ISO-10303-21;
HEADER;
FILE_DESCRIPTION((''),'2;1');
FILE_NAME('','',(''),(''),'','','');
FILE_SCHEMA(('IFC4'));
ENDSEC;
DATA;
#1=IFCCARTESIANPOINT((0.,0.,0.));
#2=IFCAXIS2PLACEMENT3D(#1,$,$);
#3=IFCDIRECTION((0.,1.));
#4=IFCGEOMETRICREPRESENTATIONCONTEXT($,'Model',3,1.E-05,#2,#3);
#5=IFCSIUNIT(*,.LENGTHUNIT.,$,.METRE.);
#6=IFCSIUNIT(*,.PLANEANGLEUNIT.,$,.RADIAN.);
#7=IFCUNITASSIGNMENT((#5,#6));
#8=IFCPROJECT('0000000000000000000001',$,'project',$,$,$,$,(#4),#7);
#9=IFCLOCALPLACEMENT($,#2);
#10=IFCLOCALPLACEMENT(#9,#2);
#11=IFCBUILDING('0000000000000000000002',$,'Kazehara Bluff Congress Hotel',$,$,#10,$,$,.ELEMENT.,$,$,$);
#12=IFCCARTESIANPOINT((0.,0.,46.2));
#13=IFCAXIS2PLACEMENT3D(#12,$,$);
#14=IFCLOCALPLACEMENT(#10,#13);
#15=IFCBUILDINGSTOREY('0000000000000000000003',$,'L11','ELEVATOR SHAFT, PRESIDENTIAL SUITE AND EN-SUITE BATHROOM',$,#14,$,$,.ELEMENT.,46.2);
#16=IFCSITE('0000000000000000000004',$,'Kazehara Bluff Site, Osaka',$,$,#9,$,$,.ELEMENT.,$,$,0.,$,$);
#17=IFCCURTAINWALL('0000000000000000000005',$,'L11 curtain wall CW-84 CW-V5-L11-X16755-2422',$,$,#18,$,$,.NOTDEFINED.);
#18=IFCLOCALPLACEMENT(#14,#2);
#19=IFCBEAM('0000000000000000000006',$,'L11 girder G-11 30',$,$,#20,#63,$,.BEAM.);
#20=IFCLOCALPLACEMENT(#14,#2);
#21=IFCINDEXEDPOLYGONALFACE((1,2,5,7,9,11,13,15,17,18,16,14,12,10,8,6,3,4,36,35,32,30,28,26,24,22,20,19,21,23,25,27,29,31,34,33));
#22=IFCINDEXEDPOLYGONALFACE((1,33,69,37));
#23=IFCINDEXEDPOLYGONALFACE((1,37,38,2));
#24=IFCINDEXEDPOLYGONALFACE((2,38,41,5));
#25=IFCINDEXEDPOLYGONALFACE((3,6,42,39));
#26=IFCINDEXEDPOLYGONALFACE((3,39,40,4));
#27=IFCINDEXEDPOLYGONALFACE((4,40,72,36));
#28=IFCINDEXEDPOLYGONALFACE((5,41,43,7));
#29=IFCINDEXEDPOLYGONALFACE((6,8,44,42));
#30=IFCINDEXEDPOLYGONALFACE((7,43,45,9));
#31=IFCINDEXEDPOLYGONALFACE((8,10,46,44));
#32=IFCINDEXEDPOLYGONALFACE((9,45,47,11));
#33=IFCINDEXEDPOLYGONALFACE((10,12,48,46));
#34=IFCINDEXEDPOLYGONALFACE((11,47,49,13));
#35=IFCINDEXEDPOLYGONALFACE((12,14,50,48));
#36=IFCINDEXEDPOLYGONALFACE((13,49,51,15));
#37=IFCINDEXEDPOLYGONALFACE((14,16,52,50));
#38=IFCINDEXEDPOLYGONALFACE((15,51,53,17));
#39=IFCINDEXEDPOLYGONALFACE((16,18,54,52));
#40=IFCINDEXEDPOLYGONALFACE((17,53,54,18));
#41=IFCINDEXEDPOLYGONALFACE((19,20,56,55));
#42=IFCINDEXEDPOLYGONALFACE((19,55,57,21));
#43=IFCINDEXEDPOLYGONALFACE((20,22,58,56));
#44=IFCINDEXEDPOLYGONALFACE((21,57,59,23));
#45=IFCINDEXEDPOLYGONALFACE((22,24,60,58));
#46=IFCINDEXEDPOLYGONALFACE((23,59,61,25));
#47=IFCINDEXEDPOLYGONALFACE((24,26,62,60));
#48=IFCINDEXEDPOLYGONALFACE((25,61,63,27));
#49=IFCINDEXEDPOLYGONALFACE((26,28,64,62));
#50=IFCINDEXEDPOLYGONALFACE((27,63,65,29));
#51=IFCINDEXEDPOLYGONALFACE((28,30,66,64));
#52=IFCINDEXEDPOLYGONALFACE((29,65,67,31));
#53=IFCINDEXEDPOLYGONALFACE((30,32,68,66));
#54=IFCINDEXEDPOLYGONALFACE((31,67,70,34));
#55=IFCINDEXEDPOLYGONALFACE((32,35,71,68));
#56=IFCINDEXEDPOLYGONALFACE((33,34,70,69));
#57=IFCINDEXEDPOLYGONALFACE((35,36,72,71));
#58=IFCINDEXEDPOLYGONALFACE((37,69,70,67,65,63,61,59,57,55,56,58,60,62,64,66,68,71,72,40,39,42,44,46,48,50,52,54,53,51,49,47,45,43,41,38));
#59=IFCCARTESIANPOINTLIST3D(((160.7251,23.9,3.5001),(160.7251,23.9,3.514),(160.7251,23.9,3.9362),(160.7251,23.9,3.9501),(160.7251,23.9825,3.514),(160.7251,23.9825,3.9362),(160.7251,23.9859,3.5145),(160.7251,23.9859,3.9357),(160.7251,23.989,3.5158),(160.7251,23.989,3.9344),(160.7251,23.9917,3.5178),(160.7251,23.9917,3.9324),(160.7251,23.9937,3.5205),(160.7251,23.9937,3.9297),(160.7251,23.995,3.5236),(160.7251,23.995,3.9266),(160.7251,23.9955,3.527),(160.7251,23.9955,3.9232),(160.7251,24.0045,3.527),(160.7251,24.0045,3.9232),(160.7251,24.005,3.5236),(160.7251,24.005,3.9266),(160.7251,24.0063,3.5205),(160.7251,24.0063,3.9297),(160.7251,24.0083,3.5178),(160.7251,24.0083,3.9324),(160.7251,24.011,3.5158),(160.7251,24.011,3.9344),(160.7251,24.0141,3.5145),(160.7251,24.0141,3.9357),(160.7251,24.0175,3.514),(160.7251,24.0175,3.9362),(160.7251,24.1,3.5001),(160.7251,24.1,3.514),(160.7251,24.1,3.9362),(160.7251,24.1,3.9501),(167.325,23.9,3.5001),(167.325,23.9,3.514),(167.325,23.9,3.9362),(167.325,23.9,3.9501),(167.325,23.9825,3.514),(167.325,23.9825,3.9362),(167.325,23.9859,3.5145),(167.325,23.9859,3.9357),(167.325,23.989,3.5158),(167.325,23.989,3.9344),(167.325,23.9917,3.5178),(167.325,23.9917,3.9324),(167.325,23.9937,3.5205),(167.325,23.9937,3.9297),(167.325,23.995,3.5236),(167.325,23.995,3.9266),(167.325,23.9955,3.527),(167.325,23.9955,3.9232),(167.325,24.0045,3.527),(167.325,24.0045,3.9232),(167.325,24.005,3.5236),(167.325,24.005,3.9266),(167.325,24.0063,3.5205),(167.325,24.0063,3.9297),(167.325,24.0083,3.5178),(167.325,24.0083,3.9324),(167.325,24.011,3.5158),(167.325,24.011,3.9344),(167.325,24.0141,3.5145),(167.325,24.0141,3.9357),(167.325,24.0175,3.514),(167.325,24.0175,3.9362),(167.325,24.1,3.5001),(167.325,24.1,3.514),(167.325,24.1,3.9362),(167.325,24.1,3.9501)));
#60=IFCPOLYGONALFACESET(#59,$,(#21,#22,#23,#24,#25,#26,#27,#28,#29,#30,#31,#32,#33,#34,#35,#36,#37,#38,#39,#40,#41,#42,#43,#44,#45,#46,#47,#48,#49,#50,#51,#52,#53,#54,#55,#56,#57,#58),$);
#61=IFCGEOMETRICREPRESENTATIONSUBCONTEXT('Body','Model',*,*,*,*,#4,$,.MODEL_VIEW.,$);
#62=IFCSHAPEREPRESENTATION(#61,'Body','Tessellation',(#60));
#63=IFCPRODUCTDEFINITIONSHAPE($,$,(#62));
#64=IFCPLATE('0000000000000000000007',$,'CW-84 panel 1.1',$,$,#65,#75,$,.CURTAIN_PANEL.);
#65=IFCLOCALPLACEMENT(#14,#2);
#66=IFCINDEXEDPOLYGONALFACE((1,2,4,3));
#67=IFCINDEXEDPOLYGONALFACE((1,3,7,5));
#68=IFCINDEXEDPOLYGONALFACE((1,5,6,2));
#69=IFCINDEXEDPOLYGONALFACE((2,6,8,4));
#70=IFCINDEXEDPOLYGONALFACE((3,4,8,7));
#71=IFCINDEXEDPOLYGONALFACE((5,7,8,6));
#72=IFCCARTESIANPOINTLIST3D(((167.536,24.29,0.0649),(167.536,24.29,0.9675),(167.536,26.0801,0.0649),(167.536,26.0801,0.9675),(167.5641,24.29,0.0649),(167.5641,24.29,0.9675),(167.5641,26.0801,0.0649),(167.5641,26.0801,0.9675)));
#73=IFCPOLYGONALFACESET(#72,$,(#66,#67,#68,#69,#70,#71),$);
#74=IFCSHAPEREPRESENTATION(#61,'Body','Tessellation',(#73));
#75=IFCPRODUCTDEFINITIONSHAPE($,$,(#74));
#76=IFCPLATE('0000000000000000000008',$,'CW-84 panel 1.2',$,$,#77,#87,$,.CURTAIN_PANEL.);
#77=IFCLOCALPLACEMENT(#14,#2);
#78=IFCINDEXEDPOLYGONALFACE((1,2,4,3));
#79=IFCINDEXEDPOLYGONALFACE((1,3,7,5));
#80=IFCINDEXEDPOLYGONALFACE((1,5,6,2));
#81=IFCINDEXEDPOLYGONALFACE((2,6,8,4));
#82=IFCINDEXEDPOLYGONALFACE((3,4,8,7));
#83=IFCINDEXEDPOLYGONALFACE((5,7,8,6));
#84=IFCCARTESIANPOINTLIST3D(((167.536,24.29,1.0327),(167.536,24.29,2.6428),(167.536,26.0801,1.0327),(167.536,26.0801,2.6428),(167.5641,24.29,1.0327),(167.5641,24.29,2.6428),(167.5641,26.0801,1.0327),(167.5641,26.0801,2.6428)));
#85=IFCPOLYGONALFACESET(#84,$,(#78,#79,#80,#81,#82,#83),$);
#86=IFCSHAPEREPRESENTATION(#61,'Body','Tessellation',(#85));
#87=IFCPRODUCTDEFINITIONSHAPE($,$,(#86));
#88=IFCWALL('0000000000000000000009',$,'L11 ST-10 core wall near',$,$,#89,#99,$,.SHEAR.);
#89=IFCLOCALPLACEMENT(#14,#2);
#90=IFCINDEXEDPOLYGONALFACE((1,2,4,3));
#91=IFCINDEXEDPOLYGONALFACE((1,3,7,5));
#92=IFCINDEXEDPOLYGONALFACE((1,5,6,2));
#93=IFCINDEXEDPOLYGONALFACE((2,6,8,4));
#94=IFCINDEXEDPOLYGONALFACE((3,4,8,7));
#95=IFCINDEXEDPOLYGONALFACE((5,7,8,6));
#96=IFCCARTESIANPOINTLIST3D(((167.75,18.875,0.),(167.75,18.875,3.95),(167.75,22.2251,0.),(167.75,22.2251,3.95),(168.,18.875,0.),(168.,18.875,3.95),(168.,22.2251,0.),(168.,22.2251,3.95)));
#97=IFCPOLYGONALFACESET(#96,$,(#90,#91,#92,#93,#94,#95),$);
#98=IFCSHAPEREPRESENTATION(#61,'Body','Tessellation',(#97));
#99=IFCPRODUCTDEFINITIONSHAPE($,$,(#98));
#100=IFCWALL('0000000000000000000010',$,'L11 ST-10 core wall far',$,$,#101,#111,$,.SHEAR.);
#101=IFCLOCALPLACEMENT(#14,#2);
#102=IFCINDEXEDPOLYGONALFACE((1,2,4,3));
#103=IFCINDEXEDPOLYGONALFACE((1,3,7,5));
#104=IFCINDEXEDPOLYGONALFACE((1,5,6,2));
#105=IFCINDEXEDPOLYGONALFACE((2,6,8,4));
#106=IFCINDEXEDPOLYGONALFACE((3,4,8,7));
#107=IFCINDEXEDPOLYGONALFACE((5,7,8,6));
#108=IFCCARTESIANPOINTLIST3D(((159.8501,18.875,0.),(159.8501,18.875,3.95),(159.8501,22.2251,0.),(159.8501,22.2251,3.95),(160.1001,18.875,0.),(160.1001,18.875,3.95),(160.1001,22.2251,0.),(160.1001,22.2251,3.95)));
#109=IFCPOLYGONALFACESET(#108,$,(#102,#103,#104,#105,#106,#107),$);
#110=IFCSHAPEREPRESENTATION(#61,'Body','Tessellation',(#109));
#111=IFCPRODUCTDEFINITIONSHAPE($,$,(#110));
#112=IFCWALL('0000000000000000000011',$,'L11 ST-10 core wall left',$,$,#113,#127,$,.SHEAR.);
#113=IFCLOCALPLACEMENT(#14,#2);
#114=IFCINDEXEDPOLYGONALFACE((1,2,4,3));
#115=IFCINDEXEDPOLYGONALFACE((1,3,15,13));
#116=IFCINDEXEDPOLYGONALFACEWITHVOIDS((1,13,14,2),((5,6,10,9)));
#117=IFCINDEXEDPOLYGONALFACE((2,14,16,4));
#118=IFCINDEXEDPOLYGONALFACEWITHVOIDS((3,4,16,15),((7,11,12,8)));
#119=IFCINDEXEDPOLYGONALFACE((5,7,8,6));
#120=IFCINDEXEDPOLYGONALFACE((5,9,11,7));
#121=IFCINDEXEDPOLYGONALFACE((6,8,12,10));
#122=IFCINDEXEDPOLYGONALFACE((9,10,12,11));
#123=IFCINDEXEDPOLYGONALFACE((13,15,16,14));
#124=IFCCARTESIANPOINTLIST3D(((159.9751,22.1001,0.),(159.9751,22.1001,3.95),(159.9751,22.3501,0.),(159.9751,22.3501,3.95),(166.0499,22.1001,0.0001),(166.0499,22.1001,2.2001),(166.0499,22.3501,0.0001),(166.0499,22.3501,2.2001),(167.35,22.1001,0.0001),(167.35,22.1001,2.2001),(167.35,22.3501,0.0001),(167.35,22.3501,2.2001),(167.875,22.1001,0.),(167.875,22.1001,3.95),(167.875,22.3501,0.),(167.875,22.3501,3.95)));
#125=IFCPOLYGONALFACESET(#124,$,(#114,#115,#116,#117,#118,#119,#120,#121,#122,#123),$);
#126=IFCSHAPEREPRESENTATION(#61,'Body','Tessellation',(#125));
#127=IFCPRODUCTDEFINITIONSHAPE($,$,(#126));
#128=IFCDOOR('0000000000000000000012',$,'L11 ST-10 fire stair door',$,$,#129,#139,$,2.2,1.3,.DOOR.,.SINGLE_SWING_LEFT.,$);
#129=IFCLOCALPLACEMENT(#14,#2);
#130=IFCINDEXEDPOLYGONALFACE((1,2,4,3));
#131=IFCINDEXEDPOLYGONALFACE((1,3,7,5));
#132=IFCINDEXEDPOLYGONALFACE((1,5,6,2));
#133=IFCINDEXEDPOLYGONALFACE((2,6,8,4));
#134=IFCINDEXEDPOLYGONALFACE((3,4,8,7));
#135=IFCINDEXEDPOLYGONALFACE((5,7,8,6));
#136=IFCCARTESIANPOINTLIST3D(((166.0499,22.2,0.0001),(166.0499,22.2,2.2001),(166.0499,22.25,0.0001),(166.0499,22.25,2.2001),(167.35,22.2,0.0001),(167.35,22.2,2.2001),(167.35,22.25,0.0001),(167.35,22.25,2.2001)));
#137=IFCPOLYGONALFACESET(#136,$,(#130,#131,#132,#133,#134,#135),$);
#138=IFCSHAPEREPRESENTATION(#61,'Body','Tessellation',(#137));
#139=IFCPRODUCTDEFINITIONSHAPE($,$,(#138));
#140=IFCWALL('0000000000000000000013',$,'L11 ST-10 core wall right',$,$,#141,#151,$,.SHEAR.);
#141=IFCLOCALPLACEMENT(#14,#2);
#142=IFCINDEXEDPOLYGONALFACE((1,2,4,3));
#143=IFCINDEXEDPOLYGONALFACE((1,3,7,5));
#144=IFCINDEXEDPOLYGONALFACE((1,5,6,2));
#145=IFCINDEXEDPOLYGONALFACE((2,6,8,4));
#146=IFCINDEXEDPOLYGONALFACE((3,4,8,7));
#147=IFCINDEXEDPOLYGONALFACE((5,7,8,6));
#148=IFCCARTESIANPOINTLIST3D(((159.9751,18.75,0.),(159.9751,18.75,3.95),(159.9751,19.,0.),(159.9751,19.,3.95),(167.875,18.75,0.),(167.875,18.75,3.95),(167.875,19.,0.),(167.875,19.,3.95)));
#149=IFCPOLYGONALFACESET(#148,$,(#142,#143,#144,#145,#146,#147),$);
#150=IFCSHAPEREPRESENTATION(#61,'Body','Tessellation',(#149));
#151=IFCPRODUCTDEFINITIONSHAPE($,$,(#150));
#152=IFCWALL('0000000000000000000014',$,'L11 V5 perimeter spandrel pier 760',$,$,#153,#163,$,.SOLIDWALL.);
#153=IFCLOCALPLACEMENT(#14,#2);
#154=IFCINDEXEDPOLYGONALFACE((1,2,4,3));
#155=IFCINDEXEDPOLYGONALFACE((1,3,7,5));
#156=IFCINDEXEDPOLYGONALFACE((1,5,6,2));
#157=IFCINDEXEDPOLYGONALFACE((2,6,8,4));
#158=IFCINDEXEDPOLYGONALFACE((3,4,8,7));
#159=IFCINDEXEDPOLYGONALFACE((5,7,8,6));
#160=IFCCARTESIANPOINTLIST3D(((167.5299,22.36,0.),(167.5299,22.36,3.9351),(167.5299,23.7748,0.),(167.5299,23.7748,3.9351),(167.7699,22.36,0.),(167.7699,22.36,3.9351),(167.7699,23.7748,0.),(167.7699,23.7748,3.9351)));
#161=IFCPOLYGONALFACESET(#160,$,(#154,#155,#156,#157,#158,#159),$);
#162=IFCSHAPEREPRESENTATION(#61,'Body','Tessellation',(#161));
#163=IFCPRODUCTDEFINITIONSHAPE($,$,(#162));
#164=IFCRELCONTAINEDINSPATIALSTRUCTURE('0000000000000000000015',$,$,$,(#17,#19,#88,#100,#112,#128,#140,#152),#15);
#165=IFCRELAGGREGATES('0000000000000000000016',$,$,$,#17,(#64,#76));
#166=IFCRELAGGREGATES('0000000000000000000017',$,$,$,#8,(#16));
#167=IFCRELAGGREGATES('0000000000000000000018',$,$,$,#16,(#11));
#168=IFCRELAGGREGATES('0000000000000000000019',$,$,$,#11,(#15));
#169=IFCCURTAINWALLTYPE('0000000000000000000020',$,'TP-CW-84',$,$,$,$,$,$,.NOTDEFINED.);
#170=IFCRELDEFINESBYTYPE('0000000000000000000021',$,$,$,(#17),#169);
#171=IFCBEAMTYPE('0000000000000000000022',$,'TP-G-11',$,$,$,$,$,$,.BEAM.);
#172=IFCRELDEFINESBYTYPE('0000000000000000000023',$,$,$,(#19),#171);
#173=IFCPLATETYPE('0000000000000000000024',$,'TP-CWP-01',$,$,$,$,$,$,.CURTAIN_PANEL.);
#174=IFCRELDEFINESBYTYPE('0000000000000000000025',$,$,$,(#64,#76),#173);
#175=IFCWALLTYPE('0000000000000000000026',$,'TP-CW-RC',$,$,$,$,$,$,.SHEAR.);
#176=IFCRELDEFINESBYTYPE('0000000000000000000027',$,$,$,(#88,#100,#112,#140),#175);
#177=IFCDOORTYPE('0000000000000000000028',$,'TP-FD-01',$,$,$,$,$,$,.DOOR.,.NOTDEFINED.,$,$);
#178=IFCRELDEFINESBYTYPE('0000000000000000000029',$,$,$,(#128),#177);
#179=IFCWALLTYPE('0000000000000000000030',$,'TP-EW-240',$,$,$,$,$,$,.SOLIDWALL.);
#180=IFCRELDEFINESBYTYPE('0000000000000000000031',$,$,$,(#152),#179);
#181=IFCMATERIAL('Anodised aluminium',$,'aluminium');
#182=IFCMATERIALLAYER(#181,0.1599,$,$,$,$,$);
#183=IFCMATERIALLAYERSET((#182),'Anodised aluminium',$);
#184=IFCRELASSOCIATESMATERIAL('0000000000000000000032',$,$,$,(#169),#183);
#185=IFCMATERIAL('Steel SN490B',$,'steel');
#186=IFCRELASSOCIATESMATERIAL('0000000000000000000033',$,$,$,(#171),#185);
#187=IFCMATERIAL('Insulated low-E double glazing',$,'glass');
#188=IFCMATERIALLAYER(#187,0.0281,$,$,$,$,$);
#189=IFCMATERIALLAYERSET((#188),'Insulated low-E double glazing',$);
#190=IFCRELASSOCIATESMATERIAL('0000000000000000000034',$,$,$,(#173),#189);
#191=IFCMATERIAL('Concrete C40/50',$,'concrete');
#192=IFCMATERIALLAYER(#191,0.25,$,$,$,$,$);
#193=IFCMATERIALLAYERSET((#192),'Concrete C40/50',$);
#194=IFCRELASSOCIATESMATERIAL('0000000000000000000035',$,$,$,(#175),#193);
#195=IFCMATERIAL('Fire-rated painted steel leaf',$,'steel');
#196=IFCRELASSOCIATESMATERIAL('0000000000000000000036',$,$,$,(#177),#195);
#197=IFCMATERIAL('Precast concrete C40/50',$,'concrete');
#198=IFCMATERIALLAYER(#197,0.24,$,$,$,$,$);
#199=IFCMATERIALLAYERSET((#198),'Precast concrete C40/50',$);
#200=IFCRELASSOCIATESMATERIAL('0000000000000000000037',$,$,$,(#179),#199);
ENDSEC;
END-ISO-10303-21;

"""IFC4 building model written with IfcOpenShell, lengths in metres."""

from ifc_helpers import new_model, si_unit, direction, frame, frame_2d, origin, origin_2d, place, context, subcontext, project, spatial, rectangle, i_section, extrude, material, layer, layer_set, material_profile, profile_set, type_object, element, fill, aggregate, save


model = new_model("IFC4")

# Units and contexts
model_context = context("Model", 3, precision=1e-05, world=origin(), true_north=direction((0.0, 1.0)))
body_context = subcontext(model_context, "Body", "Model", "MODEL_VIEW")
ifc_project = project(units=[si_unit("LENGTHUNIT", "METRE"), si_unit("PLANEANGLEUNIT", "RADIAN")], contexts=[model_context])

# Site, building, storey
site_placement = place(None, origin())
site = spatial("IfcSite", under=ifc_project, at=site_placement, Name="Kazehara Bluff Site, Osaka", CompositionType="ELEMENT", RefElevation=0.0)
building_placement = place(site_placement, origin())
building = spatial("IfcBuilding", under=site, at=building_placement, Name="Kazehara Bluff Congress Hotel", CompositionType="ELEMENT")
storey_placement = place(building_placement, frame((0.0, 0.0, 46.2)))
storey = spatial("IfcBuildingStorey", under=building, at=storey_placement, Name="L11", Description="ELEVATOR SHAFT, PRESIDENTIAL SUITE AND EN-SUITE BATHROOM", CompositionType="ELEMENT", Elevation=46.2)

# Curtain wall
ifc_material_1 = material(Name="Anodised aluminium", Category="aluminium")
ifc_layer_1 = layer(ifc_material_1, 0.1599)
ifc_layer_set_1 = layer_set([ifc_layer_1], Name="Anodised aluminium")
curtain_wall_type_1 = type_object("IfcCurtainWallType", Name="TP-CW-84", PredefinedType="NOTDEFINED", material=ifc_layer_set_1)
curtain_wall_1_placement = place(storey_placement, origin())
curtain_wall_1 = element("IfcCurtainWall", 1, at=curtain_wall_1_placement, inside=storey, type_object=curtain_wall_type_1, Name="L11 curtain wall CW-84 CW-V5-L11-X16755-2422", PredefinedType="NOTDEFINED")

# Beam
ifc_material_2 = material(Name="Steel SN490B", Category="steel")
ifc_material_profile_1 = material_profile(ifc_material_2, i_section(OverallWidth=0.2, OverallDepth=0.45, WebThickness=0.009, FlangeThickness=0.0139, FilletRadius=0.0129, at=origin_2d()))
ifc_profile_set_1 = profile_set([ifc_material_profile_1], Name="Steel SN490B")
beam_type_1 = type_object("IfcBeamType", Name="TP-G-11", PredefinedType="BEAM", material=ifc_profile_set_1)
beam_placement = place(storey_placement, frame((160.7251, 24.0, 3.7251), z_axis=(1.0, 0.0, 0.0), x_axis=(0.0, 1.0, 0.0)))
element("IfcBeam", 2, at=beam_placement, inside=storey, type_object=beam_type_1, Name="L11 girder G-11 30", PredefinedType="BEAM", context=body_context, shape_type="SweptSolid", body=[
    extrude(i_section(OverallWidth=0.2, OverallDepth=0.45, WebThickness=0.009, FlangeThickness=0.0139, FilletRadius=0.0129, at=origin_2d()), origin(), (0.0, 0.0, 1.0), 6.5999),
])

# Plates
ifc_material_3 = material(Name="Insulated low-E double glazing", Category="glass")
ifc_layer_2 = layer(ifc_material_3, 0.0281)
ifc_layer_set_2 = layer_set([ifc_layer_2], Name="Insulated low-E double glazing")
plate_type = type_object("IfcPlateType", Name="TP-CWP-01", PredefinedType="CURTAIN_PANEL", material=ifc_layer_set_2)
plate_1_placement = place(storey_placement, frame((167.55, 25.1851, 0.0649), z_axis=(0.0, 0.0, 1.0), x_axis=(0.0, 1.0, 0.0)))
plate_1 = element("IfcPlate", 3, at=plate_1_placement, type_object=plate_type, Name="CW-84 panel 1.1", PredefinedType="CURTAIN_PANEL", context=body_context, shape_type="SweptSolid", body=[
    extrude(rectangle(XDim=1.79, YDim=0.0281, at=origin_2d()), origin(), (0.0, 0.0, 1.0), 0.9026),
])
plate_2_placement = place(storey_placement, frame((167.55, 25.1851, 1.0327), z_axis=(0.0, 0.0, 1.0), x_axis=(0.0, 1.0, 0.0)))
plate_2 = element("IfcPlate", 4, at=plate_2_placement, type_object=plate_type, Name="CW-84 panel 1.2", PredefinedType="CURTAIN_PANEL", context=body_context, shape_type="SweptSolid", body=[
    extrude(rectangle(XDim=1.79, YDim=0.0281, at=origin_2d()), origin(), (0.0, 0.0, 1.0), 1.6101),
])
aggregate(curtain_wall_1, [plate_1, plate_2])

# Walls
ifc_material_4 = material(Name="Concrete C40/50", Category="concrete")
ifc_layer_3 = layer(ifc_material_4, 0.25)
ifc_layer_set_3 = layer_set([ifc_layer_3], Name="Concrete C40/50")
wall_type_1 = type_object("IfcWallType", Name="TP-CW-RC", PredefinedType="SHEAR", material=ifc_layer_set_3)
for number, where, z_axis, x_axis, name in (
    (5, (167.875, 22.2251, 0.0), (0.0, 0.0, 1.0), (0.0, -1.0, 0.0), "L11 ST-10 core wall near"),
    (6, (159.9751, 18.875, 0.0), (0.0, 0.0, 1.0), (0.0, 1.0, 0.0), "L11 ST-10 core wall far"),
):
    element("IfcWall", number, at=place(storey_placement, frame(where, z_axis=z_axis, x_axis=x_axis)), inside=storey, type_object=wall_type_1, Name=name, PredefinedType="SHEAR", context=body_context, shape_type="SweptSolid", body=[
        extrude(rectangle(XDim=3.3501, YDim=0.25, at=frame_2d((1.675, 0.0))), origin(), (0.0, 0.0, 1.0), 3.95),
    ])

# Wall, opening, door
wall_1_placement = place(storey_placement, frame((159.9751, 22.2251, 0.0), z_axis=(0.0, 0.0, 1.0), x_axis=(1.0, 0.0, 0.0)))
wall_1 = element("IfcWall", 7, at=wall_1_placement, inside=storey, type_object=wall_type_1, Name="L11 ST-10 core wall left", PredefinedType="SHEAR", context=body_context, shape_type="SweptSolid", body=[
    extrude(rectangle(XDim=7.8999, YDim=0.25, at=frame_2d((3.95, 0.0))), origin(), (0.0, 0.0, 1.0), 3.95),
])
opening_placement = place(wall_1_placement, frame((6.075, 0.0, 0.0)))
opening = element("IfcOpeningElement", 8, at=opening_placement, cuts=wall_1, PredefinedType="OPENING", context=body_context, shape_type="SweptSolid", body=[
    extrude(rectangle(XDim=1.3, YDim=2.2, at=frame_2d((0.6499, 1.1001))), frame((0.0, 0.135, 0.0), z_axis=(0.0, -1.0, 0.0), x_axis=(1.0, 0.0, 0.0)), (0.0, 0.0, 1.0), 0.27),
])
ifc_material_5 = material(Name="Fire-rated painted steel leaf", Category="steel")
door_type = type_object("IfcDoorType", Name="TP-FD-01", OperationType="NOTDEFINED", PredefinedType="DOOR", material=ifc_material_5)
door_placement = place(opening_placement, origin())
door = element("IfcDoor", 9, at=door_placement, inside=storey, type_object=door_type, Name="L11 ST-10 fire stair door", OperationType="SINGLE_SWING_LEFT", OverallHeight=2.2, OverallWidth=1.3, PredefinedType="DOOR", context=body_context, shape_type="SweptSolid", body=[
    extrude(rectangle(XDim=1.3, YDim=2.2, at=frame_2d((0.6499, 1.1001))), frame((0.0, 0.0249, 0.0), z_axis=(0.0, -1.0, 0.0), x_axis=(1.0, 0.0, 0.0)), (0.0, 0.0, 1.0), 0.05),
])
fill(opening, door)

# Walls
wall_2_placement = place(storey_placement, frame((167.875, 18.875, 0.0), z_axis=(0.0, 0.0, 1.0), x_axis=(-1.0, 0.0, 0.0)))
element("IfcWall", 10, at=wall_2_placement, inside=storey, type_object=wall_type_1, Name="L11 ST-10 core wall right", PredefinedType="SHEAR", context=body_context, shape_type="SweptSolid", body=[
    extrude(rectangle(XDim=7.8999, YDim=0.25, at=frame_2d((3.95, 0.0))), origin(), (0.0, 0.0, 1.0), 3.95),
])
ifc_material_6 = material(Name="Precast concrete C40/50", Category="concrete")
ifc_layer_4 = layer(ifc_material_6, 0.24)
ifc_layer_set_4 = layer_set([ifc_layer_4], Name="Precast concrete C40/50")
wall_type_2 = type_object("IfcWallType", Name="TP-EW-240", PredefinedType="SOLIDWALL", material=ifc_layer_set_4)
wall_3_placement = place(storey_placement, frame((167.6499, 23.7749, 0.0), z_axis=(0.0, 0.0, 1.0), x_axis=(0.0, -1.0, 0.0)))
element("IfcWall", 11, at=wall_3_placement, inside=storey, type_object=wall_type_2, Name="L11 V5 perimeter spandrel pier 760", PredefinedType="SOLIDWALL", context=body_context, shape_type="SweptSolid", body=[
    extrude(rectangle(XDim=1.4148, YDim=0.24, at=frame_2d((0.7075, 0.0))), origin(), (0.0, 0.0, 1.0), 3.9351),
])

save(model, "model.ifc")
